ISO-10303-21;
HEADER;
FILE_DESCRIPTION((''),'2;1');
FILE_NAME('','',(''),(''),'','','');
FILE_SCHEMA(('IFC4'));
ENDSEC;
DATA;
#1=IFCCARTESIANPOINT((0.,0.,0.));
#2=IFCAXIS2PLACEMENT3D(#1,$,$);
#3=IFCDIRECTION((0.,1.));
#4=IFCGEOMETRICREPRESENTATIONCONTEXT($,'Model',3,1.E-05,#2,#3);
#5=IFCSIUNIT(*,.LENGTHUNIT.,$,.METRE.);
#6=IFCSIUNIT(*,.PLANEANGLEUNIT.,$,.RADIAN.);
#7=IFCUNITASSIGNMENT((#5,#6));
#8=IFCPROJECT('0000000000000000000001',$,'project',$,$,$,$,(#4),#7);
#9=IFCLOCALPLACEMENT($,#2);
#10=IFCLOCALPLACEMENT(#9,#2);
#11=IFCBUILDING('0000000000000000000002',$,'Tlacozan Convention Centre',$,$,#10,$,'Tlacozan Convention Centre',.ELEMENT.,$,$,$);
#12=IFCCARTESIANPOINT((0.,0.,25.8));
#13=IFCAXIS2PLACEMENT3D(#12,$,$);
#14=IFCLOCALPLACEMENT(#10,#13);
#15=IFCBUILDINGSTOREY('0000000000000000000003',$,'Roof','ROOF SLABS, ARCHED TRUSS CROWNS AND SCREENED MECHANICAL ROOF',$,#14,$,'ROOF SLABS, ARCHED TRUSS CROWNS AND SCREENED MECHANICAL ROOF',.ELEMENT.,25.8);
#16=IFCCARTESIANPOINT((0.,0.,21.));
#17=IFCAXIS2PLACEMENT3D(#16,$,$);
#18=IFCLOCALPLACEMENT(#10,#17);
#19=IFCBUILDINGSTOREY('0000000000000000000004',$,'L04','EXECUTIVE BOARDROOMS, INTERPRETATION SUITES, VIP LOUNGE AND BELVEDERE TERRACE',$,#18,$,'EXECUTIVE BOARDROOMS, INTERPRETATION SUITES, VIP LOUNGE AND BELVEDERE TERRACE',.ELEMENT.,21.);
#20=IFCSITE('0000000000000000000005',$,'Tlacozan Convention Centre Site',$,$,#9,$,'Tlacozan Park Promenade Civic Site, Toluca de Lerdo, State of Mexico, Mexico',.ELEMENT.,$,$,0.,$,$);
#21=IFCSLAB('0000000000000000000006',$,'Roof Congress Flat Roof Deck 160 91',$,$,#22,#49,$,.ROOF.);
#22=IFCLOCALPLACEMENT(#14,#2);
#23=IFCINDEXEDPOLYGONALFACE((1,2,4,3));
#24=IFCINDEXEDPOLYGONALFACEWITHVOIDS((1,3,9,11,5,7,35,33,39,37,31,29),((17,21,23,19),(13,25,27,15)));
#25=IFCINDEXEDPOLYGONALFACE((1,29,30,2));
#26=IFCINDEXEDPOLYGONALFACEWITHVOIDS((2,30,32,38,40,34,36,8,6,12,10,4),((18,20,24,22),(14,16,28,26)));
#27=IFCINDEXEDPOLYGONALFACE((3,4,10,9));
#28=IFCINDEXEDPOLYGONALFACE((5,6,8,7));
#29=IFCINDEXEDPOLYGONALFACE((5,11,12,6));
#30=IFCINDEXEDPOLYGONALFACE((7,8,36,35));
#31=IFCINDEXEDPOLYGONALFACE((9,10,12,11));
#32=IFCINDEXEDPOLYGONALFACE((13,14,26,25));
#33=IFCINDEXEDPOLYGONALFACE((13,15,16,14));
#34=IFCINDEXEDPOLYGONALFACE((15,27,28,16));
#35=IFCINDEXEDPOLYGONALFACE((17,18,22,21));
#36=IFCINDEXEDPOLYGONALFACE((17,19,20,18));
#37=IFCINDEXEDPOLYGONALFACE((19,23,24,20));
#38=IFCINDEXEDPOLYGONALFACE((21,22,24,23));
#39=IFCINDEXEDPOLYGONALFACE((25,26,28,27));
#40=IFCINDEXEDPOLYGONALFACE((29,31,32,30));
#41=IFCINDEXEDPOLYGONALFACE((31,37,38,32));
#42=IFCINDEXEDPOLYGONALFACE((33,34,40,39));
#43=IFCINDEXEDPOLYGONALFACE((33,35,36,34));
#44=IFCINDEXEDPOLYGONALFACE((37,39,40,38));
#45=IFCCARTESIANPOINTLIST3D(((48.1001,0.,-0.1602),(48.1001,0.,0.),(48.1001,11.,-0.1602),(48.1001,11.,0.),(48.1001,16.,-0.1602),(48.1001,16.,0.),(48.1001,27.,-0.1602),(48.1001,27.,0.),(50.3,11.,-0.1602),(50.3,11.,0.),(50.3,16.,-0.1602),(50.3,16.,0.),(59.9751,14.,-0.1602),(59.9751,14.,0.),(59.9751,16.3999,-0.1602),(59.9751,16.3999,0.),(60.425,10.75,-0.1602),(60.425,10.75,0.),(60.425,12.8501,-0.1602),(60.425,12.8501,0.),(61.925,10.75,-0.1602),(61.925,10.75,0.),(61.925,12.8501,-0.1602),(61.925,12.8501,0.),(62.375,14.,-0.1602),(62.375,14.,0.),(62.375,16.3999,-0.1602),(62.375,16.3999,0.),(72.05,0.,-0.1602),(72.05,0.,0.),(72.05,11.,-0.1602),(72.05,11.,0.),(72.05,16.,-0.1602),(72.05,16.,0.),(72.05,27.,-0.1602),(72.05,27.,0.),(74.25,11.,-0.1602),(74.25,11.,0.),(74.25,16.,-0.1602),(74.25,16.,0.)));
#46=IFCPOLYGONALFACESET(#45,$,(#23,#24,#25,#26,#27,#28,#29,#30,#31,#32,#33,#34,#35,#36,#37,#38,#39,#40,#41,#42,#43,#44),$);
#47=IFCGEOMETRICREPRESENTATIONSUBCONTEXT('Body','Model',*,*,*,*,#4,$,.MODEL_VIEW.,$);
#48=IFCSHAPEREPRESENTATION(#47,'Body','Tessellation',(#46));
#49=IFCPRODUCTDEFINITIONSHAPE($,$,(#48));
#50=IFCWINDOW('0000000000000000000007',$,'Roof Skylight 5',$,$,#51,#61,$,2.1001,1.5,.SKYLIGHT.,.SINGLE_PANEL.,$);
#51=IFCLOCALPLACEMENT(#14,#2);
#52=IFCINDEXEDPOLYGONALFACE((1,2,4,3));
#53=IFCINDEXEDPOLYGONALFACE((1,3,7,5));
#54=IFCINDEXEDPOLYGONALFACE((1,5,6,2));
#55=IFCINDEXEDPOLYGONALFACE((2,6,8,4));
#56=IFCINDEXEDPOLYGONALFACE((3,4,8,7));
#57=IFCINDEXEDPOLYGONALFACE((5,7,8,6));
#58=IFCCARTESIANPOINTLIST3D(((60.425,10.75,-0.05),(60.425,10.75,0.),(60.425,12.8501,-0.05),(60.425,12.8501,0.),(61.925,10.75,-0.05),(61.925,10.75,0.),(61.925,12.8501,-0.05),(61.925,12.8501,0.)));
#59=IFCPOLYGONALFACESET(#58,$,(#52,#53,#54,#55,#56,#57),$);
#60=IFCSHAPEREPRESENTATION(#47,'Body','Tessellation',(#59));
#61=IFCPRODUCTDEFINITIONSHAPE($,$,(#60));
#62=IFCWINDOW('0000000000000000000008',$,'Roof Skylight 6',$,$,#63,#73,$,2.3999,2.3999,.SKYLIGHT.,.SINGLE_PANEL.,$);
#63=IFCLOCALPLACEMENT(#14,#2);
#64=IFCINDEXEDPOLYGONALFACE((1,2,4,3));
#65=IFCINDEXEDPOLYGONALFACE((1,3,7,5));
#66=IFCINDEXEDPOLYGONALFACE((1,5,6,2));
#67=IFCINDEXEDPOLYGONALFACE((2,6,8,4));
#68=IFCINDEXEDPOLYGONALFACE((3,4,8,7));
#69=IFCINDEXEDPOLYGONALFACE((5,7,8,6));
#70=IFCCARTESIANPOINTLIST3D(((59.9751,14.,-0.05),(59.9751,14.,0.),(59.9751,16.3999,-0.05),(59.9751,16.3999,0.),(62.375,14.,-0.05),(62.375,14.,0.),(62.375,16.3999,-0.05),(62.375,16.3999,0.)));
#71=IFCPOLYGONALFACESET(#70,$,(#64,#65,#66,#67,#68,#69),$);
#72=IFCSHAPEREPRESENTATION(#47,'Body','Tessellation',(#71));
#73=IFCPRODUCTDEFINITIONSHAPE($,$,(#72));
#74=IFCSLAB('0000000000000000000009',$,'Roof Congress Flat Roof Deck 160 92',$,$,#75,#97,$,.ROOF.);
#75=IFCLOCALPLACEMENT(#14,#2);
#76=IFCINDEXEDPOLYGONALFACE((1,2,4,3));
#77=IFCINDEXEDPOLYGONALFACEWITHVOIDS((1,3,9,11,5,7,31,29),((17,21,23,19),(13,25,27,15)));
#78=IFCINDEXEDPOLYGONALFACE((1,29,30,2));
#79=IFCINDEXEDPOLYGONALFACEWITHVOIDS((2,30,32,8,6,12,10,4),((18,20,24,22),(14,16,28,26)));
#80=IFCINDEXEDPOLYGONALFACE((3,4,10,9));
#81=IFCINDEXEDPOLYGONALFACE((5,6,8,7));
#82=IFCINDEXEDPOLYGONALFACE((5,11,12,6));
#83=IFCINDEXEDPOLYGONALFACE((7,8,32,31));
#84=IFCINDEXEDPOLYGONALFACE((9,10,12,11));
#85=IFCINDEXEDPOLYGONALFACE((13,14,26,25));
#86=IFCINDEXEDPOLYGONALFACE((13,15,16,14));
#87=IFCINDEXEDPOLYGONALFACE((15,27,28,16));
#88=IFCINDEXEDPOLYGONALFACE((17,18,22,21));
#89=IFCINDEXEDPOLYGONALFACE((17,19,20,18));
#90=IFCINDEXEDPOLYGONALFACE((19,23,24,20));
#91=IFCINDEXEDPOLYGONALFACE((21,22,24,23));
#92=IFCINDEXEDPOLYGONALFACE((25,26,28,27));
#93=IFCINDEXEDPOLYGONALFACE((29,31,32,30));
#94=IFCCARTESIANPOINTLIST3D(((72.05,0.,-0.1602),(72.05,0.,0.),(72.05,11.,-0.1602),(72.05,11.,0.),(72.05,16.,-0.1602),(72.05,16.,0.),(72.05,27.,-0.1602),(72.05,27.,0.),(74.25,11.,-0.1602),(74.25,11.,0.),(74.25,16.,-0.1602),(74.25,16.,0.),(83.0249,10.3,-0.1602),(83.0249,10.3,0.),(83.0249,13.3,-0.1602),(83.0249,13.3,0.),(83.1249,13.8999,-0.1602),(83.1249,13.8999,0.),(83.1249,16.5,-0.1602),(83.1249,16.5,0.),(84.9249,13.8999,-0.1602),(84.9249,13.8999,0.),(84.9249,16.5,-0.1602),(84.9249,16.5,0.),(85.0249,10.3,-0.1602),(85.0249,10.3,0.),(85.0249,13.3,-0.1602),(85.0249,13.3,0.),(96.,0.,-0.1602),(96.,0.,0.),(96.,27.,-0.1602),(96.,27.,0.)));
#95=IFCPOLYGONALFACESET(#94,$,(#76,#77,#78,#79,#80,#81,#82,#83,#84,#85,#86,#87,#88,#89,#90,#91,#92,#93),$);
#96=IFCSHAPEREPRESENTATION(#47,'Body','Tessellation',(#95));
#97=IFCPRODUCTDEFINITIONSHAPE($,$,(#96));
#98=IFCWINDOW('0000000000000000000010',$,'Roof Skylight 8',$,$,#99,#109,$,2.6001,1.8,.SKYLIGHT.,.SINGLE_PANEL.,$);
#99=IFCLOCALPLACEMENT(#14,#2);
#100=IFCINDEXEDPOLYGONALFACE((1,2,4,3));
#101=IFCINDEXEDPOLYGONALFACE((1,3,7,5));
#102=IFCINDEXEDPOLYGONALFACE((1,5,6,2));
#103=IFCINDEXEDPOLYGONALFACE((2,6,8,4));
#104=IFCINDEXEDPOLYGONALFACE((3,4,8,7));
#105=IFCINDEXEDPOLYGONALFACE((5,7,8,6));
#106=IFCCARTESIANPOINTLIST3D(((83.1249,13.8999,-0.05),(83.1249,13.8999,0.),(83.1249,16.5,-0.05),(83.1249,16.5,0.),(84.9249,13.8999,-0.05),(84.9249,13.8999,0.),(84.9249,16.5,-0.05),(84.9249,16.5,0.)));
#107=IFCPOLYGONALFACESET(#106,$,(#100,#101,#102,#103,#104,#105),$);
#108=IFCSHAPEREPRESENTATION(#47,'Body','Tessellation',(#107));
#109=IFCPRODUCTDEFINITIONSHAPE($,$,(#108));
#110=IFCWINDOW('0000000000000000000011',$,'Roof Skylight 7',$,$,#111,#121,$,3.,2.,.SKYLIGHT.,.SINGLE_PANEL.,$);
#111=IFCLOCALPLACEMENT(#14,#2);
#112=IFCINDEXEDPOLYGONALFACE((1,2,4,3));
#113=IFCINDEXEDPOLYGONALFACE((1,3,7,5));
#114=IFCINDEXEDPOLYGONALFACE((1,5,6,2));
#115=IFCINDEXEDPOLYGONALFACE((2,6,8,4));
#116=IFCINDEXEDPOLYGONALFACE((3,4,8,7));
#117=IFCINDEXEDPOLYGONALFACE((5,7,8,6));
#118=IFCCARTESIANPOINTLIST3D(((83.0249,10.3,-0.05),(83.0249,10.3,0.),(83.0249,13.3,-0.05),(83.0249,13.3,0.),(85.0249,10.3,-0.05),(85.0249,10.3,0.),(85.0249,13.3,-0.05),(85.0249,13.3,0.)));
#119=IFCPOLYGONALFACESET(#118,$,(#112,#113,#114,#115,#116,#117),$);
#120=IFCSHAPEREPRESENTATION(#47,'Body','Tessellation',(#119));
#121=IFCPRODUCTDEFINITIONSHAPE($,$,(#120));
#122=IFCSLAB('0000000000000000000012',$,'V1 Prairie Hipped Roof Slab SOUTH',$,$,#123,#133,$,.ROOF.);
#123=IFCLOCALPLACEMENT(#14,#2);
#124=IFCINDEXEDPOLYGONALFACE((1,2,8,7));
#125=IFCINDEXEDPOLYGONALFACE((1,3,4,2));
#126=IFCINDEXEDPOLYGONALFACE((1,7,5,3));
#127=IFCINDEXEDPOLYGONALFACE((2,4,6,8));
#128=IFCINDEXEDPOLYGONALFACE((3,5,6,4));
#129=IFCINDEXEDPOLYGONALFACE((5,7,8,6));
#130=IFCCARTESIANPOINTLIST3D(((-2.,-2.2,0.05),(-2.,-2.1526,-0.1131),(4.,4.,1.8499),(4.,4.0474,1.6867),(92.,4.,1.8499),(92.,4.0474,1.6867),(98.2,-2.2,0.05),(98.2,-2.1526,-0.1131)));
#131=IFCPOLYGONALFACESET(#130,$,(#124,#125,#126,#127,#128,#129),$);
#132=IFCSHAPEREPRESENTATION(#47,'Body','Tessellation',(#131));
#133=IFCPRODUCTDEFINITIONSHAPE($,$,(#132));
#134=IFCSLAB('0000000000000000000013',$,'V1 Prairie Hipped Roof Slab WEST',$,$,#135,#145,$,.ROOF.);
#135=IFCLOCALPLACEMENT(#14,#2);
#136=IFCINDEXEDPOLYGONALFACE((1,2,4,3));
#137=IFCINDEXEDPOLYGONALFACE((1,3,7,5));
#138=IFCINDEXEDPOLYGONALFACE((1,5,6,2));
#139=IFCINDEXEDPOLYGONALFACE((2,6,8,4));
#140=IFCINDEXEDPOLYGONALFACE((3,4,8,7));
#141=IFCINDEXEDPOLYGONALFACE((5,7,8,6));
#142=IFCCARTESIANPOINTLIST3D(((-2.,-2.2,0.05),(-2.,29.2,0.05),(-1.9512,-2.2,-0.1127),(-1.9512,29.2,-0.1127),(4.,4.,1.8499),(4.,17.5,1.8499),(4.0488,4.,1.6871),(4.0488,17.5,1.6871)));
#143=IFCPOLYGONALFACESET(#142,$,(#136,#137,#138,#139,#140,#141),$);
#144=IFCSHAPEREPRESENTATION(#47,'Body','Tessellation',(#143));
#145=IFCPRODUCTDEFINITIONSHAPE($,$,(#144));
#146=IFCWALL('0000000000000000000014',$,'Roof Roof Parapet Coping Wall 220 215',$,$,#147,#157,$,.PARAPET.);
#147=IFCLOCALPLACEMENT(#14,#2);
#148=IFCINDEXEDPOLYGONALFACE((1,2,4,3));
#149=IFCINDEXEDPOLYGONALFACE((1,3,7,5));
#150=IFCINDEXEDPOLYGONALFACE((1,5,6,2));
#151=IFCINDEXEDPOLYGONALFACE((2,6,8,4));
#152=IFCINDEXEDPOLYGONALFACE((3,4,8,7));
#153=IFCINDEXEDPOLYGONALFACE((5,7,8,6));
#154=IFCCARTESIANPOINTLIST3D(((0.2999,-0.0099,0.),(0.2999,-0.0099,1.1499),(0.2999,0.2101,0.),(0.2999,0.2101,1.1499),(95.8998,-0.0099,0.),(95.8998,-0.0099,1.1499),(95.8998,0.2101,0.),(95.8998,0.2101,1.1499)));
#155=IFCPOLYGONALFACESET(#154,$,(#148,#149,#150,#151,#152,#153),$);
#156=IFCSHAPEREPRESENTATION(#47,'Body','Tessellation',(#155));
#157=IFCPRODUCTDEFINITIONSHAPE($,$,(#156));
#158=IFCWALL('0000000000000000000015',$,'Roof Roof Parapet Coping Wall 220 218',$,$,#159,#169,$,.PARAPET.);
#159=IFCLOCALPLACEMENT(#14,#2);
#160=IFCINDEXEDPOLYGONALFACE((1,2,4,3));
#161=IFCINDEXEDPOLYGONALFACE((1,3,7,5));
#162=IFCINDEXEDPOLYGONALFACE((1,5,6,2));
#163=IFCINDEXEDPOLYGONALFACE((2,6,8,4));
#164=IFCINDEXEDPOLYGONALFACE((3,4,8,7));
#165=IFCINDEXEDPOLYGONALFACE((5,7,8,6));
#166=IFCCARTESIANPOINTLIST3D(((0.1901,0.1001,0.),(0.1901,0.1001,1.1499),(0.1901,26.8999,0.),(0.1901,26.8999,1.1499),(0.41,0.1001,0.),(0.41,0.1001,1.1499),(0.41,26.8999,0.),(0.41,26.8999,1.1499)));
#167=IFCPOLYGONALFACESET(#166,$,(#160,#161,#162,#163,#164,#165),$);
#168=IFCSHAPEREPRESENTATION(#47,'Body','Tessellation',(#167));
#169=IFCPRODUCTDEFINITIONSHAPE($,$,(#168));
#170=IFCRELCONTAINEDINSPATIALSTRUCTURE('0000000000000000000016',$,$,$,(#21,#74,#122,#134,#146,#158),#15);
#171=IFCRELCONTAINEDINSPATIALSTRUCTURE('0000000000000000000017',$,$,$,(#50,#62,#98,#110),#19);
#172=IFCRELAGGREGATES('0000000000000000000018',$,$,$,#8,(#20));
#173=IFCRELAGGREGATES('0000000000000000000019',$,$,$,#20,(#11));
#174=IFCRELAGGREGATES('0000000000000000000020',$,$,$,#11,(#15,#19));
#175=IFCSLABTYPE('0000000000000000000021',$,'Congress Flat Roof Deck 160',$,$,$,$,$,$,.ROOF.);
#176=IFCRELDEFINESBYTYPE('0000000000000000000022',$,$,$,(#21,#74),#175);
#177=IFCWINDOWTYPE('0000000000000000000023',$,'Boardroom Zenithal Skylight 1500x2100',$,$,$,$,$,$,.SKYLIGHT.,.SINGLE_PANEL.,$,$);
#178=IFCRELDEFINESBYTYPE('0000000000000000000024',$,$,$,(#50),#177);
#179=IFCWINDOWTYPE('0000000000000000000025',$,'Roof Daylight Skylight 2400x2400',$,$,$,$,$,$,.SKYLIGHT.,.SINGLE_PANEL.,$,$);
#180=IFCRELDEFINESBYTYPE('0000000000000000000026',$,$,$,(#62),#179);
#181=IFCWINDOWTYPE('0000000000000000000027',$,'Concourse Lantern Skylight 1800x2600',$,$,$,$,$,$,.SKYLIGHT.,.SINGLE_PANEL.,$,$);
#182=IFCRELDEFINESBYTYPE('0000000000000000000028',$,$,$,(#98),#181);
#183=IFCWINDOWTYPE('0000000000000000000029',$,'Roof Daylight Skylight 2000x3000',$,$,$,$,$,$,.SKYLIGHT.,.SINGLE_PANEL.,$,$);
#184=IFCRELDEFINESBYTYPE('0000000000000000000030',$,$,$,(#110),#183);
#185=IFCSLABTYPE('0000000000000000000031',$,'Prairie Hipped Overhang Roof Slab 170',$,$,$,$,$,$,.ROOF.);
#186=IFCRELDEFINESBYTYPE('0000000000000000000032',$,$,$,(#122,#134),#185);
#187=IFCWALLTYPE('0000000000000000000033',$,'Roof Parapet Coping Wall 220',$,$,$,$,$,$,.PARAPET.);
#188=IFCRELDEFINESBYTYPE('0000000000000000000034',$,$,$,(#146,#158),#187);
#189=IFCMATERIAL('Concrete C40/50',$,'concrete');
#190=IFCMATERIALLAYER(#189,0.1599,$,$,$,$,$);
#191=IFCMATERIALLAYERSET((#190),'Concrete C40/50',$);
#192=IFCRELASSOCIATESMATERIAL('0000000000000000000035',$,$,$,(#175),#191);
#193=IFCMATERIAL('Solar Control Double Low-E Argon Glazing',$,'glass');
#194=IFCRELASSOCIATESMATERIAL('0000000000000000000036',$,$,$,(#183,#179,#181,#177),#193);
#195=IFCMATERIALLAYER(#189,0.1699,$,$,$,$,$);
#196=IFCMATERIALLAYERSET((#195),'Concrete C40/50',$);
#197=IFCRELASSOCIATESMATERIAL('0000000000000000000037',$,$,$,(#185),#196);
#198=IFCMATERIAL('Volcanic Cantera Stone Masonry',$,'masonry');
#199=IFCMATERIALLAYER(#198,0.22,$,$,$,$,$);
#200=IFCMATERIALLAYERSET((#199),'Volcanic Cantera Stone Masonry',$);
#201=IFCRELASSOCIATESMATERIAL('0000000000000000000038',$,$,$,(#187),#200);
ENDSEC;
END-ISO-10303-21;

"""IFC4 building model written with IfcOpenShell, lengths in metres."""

from ifc_helpers import new_model, si_unit, direction, frame, frame_2d, origin, origin_2d, place, context, subcontext, project, spatial, polyline, rectangle, outline, extrude, material, layer, layer_set, type_object, element, fill, save


model = new_model("IFC4")

# Units and contexts
model_context = context("Model", 3, precision=1e-05, world=origin(), true_north=direction((0.0, 1.0)))
body_context = subcontext(model_context, "Body", "Model", "MODEL_VIEW")
ifc_project = project(units=[si_unit("LENGTHUNIT", "METRE"), si_unit("PLANEANGLEUNIT", "RADIAN")], contexts=[model_context])

# Site, building, storey
site_placement = place(None, origin())
site = spatial("IfcSite", under=ifc_project, at=site_placement, Name="Tlacozan Convention Centre Site", LongName="Tlacozan Park Promenade Civic Site, Toluca de Lerdo, State of Mexico, Mexico", CompositionType="ELEMENT", RefElevation=0.0)
building_placement = place(site_placement, origin())
building = spatial("IfcBuilding", under=site, at=building_placement, Name="Tlacozan Convention Centre", LongName="Tlacozan Convention Centre", CompositionType="ELEMENT")
storey_1_placement = place(building_placement, frame((0.0, 0.0, 25.8)))
storey_1 = spatial("IfcBuildingStorey", under=building, at=storey_1_placement, Name="Roof", Description="ROOF SLABS, ARCHED TRUSS CROWNS AND SCREENED MECHANICAL ROOF", LongName="ROOF SLABS, ARCHED TRUSS CROWNS AND SCREENED MECHANICAL ROOF", CompositionType="ELEMENT", Elevation=25.8)

# Shared definitions
ifc_material_1 = material(Name="Concrete C40/50", Category="concrete")
ifc_layer_1 = layer(ifc_material_1, 0.1599)
ifc_layer_set_1 = layer_set([ifc_layer_1], Name="Concrete C40/50")
slab_type_1 = type_object("IfcSlabType", Name="Congress Flat Roof Deck 160", PredefinedType="ROOF", material=ifc_layer_set_1)

# Shared definitions
storey_2_placement = place(building_placement, frame((0.0, 0.0, 21.0)))
storey_2 = spatial("IfcBuildingStorey", under=building, at=storey_2_placement, Name="L04", Description="EXECUTIVE BOARDROOMS, INTERPRETATION SUITES, VIP LOUNGE AND BELVEDERE TERRACE", LongName="EXECUTIVE BOARDROOMS, INTERPRETATION SUITES, VIP LOUNGE AND BELVEDERE TERRACE", CompositionType="ELEMENT", Elevation=21.0)

# Shared definitions
ifc_material_2 = material(Name="Solar Control Double Low-E Argon Glazing", Category="glass")
window_type_1 = type_object("IfcWindowType", Name="Roof Daylight Skylight 2000x3000", PartitioningType="SINGLE_PANEL", PredefinedType="SKYLIGHT", material=ifc_material_2)
window_type_2 = type_object("IfcWindowType", Name="Roof Daylight Skylight 2400x2400", PartitioningType="SINGLE_PANEL", PredefinedType="SKYLIGHT", material=ifc_material_2)

# Slabs, openings, windows
window_type_3 = type_object("IfcWindowType", Name="Concourse Lantern Skylight 1800x2600", PartitioningType="SINGLE_PANEL", PredefinedType="SKYLIGHT", material=ifc_material_2)
slab_1_placement = place(storey_1_placement, frame((0.0, 0.0, -0.1602)))
slab_1 = element("IfcSlab", 1, at=slab_1_placement, inside=storey_1, type_object=slab_type_1, Name="Roof Congress Flat Roof Deck 160 91", PredefinedType="ROOF", context=body_context, shape_type="SweptSolid", body=[
    extrude(outline(polyline([(48.1001, 0.0), (48.1001, 11.0), (50.3, 11.0), (50.3, 16.0), (48.1001, 16.0), (48.1001, 27.0), (72.05, 27.0), (72.05, 16.0), (74.25, 16.0), (74.25, 11.0), (72.05, 11.0), (72.05, 0.0), (48.1001, 0.0)])), origin(), (0.0, 0.0, 1.0), 0.1602),
])
opening_1_placement = place(slab_1_placement, frame((61.175, 11.8, 0.0)))
opening_1 = element("IfcOpeningElement", 2, at=opening_1_placement, cuts=slab_1, PredefinedType="OPENING", context=body_context, shape_type="SweptSolid", body=[
    extrude(rectangle(XDim=1.5, YDim=2.1001, at=origin_2d()), frame((0.0, 0.0, -0.01)), (0.0, 0.0, 1.0), 0.1802),
])
opening_2_placement = place(slab_1_placement, frame((61.175, 15.2, 0.0)))
opening_2 = element("IfcOpeningElement", 3, at=opening_2_placement, cuts=slab_1, PredefinedType="OPENING", context=body_context, shape_type="SweptSolid", body=[
    extrude(rectangle(XDim=2.3999, YDim=2.3999, at=origin_2d()), frame((0.0, 0.0, -0.01)), (0.0, 0.0, 1.0), 0.1802),
])
window_type_4 = type_object("IfcWindowType", Name="Boardroom Zenithal Skylight 1500x2100", PartitioningType="SINGLE_PANEL", PredefinedType="SKYLIGHT", material=ifc_material_2)
window_1_placement = place(opening_1_placement, frame((0.0, 0.0, 0.1101)))
window_1 = element("IfcWindow", 4, at=window_1_placement, inside=storey_2, type_object=window_type_4, Name="Roof Skylight 5", OverallHeight=2.1001, OverallWidth=1.5, PartitioningType="SINGLE_PANEL", PredefinedType="SKYLIGHT", context=body_context, shape_type="SweptSolid", body=[
    extrude(rectangle(XDim=1.5, YDim=2.1001, at=origin_2d()), origin(), (0.0, 0.0, 1.0), 0.05),
])
fill(opening_1, window_1)
window_2_placement = place(opening_2_placement, frame((0.0, 0.0, 0.1101)))
window_2 = element("IfcWindow", 5, at=window_2_placement, inside=storey_2, type_object=window_type_2, Name="Roof Skylight 6", OverallHeight=2.3999, OverallWidth=2.3999, PartitioningType="SINGLE_PANEL", PredefinedType="SKYLIGHT", context=body_context, shape_type="SweptSolid", body=[
    extrude(rectangle(XDim=2.3999, YDim=2.3999, at=origin_2d()), origin(), (0.0, 0.0, 1.0), 0.05),
])
fill(opening_2, window_2)
slab_2_placement = place(storey_1_placement, frame((0.0, 0.0, -0.1602)))
slab_2 = element("IfcSlab", 6, at=slab_2_placement, inside=storey_1, type_object=slab_type_1, Name="Roof Congress Flat Roof Deck 160 92", PredefinedType="ROOF", context=body_context, shape_type="SweptSolid", body=[
    extrude(outline(polyline([(72.05, 27.0), (96.0, 27.0), (96.0, 0.0), (72.05, 0.0), (72.05, 11.0), (74.25, 11.0), (74.25, 16.0), (72.05, 16.0), (72.05, 27.0)])), origin(), (0.0, 0.0, 1.0), 0.1602),
])
opening_3_placement = place(slab_2_placement, frame((84.0249, 11.8, 0.0)))
opening_3 = element("IfcOpeningElement", 7, at=opening_3_placement, cuts=slab_2, PredefinedType="OPENING", context=body_context, shape_type="SweptSolid", body=[
    extrude(rectangle(XDim=2.0, YDim=3.0, at=origin_2d()), frame((0.0, 0.0, -0.01)), (0.0, 0.0, 1.0), 0.1802),
])
opening_4_placement = place(slab_2_placement, frame((84.0249, 15.2, 0.0)))
opening_4 = element("IfcOpeningElement", 8, at=opening_4_placement, cuts=slab_2, PredefinedType="OPENING", context=body_context, shape_type="SweptSolid", body=[
    extrude(rectangle(XDim=1.8, YDim=2.6001, at=origin_2d()), frame((0.0, 0.0, -0.01)), (0.0, 0.0, 1.0), 0.1802),
])
window_3_placement = place(opening_4_placement, frame((0.0, 0.0, 0.1101)))
window_3 = element("IfcWindow", 9, at=window_3_placement, inside=storey_2, type_object=window_type_3, Name="Roof Skylight 8", OverallHeight=2.6001, OverallWidth=1.8, PartitioningType="SINGLE_PANEL", PredefinedType="SKYLIGHT", context=body_context, shape_type="SweptSolid", body=[
    extrude(rectangle(XDim=1.8, YDim=2.6001, at=origin_2d()), origin(), (0.0, 0.0, 1.0), 0.05),
])
fill(opening_4, window_3)
window_4_placement = place(opening_3_placement, frame((0.0, 0.0, 0.1101)))
window_4 = element("IfcWindow", 10, at=window_4_placement, inside=storey_2, type_object=window_type_1, Name="Roof Skylight 7", OverallHeight=3.0, OverallWidth=2.0, PartitioningType="SINGLE_PANEL", PredefinedType="SKYLIGHT", context=body_context, shape_type="SweptSolid", body=[
    extrude(rectangle(XDim=2.0, YDim=3.0, at=origin_2d()), origin(), (0.0, 0.0, 1.0), 0.05),
])
fill(opening_3, window_4)

# Slabs
ifc_layer_2 = layer(ifc_material_1, 0.1699)
ifc_layer_set_2 = layer_set([ifc_layer_2], Name="Concrete C40/50")
slab_type_2 = type_object("IfcSlabType", Name="Prairie Hipped Overhang Roof Slab 170", PredefinedType="ROOF", material=ifc_layer_set_2)
slab_3_placement = place(storey_1_placement, frame((-2.0, -2.2, 0.05), z_axis=(0.0, -0.278784, 0.960354), x_axis=(1.0, 0.0, 0.0)))
element("IfcSlab", 11, at=slab_3_placement, inside=storey_1, type_object=slab_type_2, Name="V1 Prairie Hipped Roof Slab SOUTH", PredefinedType="ROOF", context=body_context, shape_type="SweptSolid", body=[
    extrude(outline(polyline([(0.0, 0.0), (100.2, 0.0), (94.0, 6.4559), (6.0, 6.4559), (0.0, 0.0)])), origin(), (0.0, 0.0, -1.0), 0.1699),
])
slab_4_placement = place(storey_1_placement, frame((-2.0, 29.2, 0.05), z_axis=(-0.287319, 0.0, 0.957835), x_axis=(0.0, -1.0, 0.0)))
element("IfcSlab", 12, at=slab_4_placement, inside=storey_1, type_object=slab_type_2, Name="V1 Prairie Hipped Roof Slab WEST", PredefinedType="ROOF", context=body_context, shape_type="SweptSolid", body=[
    extrude(outline(polyline([(0.0, 0.0), (31.3999, 0.0), (25.2, 6.2641), (11.7, 6.2641), (0.0, 0.0)])), origin(), (0.0, 0.0, -1.0), 0.1699),
])

# Walls
ifc_material_3 = material(Name="Volcanic Cantera Stone Masonry", Category="masonry")
ifc_layer_3 = layer(ifc_material_3, 0.22)
ifc_layer_set_3 = layer_set([ifc_layer_3], Name="Volcanic Cantera Stone Masonry")
wall_type = type_object("IfcWallType", Name="Roof Parapet Coping Wall 220", PredefinedType="PARAPET", material=ifc_layer_set_3)
wall_1_placement = place(storey_1_placement, frame((0.3, 0.1001, 0.0), z_axis=(0.0, 0.0, 1.0), x_axis=(1.0, 0.0, 0.0)))
element("IfcWall", 13, at=wall_1_placement, inside=storey_1, type_object=wall_type, Name="Roof Roof Parapet Coping Wall 220 215", PredefinedType="PARAPET", context=body_context, shape_type="SweptSolid", body=[
    extrude(rectangle(XDim=95.5999, YDim=0.22, at=frame_2d((47.7998, 0.0))), origin(), (0.0, 0.0, 1.0), 1.1499),
])
wall_2_placement = place(storey_1_placement, frame((0.3, 26.8999, 0.0), z_axis=(0.0, 0.0, 1.0), x_axis=(0.0, -1.0, 0.0)))
element("IfcWall", 14, at=wall_2_placement, inside=storey_1, type_object=wall_type, Name="Roof Roof Parapet Coping Wall 220 218", PredefinedType="PARAPET", context=body_context, shape_type="SweptSolid", body=[
    extrude(rectangle(XDim=26.7998, YDim=0.22, at=frame_2d((13.3999, 0.0))), origin(), (0.0, 0.0, 1.0), 1.1499),
])

save(model, "model.ifc")
